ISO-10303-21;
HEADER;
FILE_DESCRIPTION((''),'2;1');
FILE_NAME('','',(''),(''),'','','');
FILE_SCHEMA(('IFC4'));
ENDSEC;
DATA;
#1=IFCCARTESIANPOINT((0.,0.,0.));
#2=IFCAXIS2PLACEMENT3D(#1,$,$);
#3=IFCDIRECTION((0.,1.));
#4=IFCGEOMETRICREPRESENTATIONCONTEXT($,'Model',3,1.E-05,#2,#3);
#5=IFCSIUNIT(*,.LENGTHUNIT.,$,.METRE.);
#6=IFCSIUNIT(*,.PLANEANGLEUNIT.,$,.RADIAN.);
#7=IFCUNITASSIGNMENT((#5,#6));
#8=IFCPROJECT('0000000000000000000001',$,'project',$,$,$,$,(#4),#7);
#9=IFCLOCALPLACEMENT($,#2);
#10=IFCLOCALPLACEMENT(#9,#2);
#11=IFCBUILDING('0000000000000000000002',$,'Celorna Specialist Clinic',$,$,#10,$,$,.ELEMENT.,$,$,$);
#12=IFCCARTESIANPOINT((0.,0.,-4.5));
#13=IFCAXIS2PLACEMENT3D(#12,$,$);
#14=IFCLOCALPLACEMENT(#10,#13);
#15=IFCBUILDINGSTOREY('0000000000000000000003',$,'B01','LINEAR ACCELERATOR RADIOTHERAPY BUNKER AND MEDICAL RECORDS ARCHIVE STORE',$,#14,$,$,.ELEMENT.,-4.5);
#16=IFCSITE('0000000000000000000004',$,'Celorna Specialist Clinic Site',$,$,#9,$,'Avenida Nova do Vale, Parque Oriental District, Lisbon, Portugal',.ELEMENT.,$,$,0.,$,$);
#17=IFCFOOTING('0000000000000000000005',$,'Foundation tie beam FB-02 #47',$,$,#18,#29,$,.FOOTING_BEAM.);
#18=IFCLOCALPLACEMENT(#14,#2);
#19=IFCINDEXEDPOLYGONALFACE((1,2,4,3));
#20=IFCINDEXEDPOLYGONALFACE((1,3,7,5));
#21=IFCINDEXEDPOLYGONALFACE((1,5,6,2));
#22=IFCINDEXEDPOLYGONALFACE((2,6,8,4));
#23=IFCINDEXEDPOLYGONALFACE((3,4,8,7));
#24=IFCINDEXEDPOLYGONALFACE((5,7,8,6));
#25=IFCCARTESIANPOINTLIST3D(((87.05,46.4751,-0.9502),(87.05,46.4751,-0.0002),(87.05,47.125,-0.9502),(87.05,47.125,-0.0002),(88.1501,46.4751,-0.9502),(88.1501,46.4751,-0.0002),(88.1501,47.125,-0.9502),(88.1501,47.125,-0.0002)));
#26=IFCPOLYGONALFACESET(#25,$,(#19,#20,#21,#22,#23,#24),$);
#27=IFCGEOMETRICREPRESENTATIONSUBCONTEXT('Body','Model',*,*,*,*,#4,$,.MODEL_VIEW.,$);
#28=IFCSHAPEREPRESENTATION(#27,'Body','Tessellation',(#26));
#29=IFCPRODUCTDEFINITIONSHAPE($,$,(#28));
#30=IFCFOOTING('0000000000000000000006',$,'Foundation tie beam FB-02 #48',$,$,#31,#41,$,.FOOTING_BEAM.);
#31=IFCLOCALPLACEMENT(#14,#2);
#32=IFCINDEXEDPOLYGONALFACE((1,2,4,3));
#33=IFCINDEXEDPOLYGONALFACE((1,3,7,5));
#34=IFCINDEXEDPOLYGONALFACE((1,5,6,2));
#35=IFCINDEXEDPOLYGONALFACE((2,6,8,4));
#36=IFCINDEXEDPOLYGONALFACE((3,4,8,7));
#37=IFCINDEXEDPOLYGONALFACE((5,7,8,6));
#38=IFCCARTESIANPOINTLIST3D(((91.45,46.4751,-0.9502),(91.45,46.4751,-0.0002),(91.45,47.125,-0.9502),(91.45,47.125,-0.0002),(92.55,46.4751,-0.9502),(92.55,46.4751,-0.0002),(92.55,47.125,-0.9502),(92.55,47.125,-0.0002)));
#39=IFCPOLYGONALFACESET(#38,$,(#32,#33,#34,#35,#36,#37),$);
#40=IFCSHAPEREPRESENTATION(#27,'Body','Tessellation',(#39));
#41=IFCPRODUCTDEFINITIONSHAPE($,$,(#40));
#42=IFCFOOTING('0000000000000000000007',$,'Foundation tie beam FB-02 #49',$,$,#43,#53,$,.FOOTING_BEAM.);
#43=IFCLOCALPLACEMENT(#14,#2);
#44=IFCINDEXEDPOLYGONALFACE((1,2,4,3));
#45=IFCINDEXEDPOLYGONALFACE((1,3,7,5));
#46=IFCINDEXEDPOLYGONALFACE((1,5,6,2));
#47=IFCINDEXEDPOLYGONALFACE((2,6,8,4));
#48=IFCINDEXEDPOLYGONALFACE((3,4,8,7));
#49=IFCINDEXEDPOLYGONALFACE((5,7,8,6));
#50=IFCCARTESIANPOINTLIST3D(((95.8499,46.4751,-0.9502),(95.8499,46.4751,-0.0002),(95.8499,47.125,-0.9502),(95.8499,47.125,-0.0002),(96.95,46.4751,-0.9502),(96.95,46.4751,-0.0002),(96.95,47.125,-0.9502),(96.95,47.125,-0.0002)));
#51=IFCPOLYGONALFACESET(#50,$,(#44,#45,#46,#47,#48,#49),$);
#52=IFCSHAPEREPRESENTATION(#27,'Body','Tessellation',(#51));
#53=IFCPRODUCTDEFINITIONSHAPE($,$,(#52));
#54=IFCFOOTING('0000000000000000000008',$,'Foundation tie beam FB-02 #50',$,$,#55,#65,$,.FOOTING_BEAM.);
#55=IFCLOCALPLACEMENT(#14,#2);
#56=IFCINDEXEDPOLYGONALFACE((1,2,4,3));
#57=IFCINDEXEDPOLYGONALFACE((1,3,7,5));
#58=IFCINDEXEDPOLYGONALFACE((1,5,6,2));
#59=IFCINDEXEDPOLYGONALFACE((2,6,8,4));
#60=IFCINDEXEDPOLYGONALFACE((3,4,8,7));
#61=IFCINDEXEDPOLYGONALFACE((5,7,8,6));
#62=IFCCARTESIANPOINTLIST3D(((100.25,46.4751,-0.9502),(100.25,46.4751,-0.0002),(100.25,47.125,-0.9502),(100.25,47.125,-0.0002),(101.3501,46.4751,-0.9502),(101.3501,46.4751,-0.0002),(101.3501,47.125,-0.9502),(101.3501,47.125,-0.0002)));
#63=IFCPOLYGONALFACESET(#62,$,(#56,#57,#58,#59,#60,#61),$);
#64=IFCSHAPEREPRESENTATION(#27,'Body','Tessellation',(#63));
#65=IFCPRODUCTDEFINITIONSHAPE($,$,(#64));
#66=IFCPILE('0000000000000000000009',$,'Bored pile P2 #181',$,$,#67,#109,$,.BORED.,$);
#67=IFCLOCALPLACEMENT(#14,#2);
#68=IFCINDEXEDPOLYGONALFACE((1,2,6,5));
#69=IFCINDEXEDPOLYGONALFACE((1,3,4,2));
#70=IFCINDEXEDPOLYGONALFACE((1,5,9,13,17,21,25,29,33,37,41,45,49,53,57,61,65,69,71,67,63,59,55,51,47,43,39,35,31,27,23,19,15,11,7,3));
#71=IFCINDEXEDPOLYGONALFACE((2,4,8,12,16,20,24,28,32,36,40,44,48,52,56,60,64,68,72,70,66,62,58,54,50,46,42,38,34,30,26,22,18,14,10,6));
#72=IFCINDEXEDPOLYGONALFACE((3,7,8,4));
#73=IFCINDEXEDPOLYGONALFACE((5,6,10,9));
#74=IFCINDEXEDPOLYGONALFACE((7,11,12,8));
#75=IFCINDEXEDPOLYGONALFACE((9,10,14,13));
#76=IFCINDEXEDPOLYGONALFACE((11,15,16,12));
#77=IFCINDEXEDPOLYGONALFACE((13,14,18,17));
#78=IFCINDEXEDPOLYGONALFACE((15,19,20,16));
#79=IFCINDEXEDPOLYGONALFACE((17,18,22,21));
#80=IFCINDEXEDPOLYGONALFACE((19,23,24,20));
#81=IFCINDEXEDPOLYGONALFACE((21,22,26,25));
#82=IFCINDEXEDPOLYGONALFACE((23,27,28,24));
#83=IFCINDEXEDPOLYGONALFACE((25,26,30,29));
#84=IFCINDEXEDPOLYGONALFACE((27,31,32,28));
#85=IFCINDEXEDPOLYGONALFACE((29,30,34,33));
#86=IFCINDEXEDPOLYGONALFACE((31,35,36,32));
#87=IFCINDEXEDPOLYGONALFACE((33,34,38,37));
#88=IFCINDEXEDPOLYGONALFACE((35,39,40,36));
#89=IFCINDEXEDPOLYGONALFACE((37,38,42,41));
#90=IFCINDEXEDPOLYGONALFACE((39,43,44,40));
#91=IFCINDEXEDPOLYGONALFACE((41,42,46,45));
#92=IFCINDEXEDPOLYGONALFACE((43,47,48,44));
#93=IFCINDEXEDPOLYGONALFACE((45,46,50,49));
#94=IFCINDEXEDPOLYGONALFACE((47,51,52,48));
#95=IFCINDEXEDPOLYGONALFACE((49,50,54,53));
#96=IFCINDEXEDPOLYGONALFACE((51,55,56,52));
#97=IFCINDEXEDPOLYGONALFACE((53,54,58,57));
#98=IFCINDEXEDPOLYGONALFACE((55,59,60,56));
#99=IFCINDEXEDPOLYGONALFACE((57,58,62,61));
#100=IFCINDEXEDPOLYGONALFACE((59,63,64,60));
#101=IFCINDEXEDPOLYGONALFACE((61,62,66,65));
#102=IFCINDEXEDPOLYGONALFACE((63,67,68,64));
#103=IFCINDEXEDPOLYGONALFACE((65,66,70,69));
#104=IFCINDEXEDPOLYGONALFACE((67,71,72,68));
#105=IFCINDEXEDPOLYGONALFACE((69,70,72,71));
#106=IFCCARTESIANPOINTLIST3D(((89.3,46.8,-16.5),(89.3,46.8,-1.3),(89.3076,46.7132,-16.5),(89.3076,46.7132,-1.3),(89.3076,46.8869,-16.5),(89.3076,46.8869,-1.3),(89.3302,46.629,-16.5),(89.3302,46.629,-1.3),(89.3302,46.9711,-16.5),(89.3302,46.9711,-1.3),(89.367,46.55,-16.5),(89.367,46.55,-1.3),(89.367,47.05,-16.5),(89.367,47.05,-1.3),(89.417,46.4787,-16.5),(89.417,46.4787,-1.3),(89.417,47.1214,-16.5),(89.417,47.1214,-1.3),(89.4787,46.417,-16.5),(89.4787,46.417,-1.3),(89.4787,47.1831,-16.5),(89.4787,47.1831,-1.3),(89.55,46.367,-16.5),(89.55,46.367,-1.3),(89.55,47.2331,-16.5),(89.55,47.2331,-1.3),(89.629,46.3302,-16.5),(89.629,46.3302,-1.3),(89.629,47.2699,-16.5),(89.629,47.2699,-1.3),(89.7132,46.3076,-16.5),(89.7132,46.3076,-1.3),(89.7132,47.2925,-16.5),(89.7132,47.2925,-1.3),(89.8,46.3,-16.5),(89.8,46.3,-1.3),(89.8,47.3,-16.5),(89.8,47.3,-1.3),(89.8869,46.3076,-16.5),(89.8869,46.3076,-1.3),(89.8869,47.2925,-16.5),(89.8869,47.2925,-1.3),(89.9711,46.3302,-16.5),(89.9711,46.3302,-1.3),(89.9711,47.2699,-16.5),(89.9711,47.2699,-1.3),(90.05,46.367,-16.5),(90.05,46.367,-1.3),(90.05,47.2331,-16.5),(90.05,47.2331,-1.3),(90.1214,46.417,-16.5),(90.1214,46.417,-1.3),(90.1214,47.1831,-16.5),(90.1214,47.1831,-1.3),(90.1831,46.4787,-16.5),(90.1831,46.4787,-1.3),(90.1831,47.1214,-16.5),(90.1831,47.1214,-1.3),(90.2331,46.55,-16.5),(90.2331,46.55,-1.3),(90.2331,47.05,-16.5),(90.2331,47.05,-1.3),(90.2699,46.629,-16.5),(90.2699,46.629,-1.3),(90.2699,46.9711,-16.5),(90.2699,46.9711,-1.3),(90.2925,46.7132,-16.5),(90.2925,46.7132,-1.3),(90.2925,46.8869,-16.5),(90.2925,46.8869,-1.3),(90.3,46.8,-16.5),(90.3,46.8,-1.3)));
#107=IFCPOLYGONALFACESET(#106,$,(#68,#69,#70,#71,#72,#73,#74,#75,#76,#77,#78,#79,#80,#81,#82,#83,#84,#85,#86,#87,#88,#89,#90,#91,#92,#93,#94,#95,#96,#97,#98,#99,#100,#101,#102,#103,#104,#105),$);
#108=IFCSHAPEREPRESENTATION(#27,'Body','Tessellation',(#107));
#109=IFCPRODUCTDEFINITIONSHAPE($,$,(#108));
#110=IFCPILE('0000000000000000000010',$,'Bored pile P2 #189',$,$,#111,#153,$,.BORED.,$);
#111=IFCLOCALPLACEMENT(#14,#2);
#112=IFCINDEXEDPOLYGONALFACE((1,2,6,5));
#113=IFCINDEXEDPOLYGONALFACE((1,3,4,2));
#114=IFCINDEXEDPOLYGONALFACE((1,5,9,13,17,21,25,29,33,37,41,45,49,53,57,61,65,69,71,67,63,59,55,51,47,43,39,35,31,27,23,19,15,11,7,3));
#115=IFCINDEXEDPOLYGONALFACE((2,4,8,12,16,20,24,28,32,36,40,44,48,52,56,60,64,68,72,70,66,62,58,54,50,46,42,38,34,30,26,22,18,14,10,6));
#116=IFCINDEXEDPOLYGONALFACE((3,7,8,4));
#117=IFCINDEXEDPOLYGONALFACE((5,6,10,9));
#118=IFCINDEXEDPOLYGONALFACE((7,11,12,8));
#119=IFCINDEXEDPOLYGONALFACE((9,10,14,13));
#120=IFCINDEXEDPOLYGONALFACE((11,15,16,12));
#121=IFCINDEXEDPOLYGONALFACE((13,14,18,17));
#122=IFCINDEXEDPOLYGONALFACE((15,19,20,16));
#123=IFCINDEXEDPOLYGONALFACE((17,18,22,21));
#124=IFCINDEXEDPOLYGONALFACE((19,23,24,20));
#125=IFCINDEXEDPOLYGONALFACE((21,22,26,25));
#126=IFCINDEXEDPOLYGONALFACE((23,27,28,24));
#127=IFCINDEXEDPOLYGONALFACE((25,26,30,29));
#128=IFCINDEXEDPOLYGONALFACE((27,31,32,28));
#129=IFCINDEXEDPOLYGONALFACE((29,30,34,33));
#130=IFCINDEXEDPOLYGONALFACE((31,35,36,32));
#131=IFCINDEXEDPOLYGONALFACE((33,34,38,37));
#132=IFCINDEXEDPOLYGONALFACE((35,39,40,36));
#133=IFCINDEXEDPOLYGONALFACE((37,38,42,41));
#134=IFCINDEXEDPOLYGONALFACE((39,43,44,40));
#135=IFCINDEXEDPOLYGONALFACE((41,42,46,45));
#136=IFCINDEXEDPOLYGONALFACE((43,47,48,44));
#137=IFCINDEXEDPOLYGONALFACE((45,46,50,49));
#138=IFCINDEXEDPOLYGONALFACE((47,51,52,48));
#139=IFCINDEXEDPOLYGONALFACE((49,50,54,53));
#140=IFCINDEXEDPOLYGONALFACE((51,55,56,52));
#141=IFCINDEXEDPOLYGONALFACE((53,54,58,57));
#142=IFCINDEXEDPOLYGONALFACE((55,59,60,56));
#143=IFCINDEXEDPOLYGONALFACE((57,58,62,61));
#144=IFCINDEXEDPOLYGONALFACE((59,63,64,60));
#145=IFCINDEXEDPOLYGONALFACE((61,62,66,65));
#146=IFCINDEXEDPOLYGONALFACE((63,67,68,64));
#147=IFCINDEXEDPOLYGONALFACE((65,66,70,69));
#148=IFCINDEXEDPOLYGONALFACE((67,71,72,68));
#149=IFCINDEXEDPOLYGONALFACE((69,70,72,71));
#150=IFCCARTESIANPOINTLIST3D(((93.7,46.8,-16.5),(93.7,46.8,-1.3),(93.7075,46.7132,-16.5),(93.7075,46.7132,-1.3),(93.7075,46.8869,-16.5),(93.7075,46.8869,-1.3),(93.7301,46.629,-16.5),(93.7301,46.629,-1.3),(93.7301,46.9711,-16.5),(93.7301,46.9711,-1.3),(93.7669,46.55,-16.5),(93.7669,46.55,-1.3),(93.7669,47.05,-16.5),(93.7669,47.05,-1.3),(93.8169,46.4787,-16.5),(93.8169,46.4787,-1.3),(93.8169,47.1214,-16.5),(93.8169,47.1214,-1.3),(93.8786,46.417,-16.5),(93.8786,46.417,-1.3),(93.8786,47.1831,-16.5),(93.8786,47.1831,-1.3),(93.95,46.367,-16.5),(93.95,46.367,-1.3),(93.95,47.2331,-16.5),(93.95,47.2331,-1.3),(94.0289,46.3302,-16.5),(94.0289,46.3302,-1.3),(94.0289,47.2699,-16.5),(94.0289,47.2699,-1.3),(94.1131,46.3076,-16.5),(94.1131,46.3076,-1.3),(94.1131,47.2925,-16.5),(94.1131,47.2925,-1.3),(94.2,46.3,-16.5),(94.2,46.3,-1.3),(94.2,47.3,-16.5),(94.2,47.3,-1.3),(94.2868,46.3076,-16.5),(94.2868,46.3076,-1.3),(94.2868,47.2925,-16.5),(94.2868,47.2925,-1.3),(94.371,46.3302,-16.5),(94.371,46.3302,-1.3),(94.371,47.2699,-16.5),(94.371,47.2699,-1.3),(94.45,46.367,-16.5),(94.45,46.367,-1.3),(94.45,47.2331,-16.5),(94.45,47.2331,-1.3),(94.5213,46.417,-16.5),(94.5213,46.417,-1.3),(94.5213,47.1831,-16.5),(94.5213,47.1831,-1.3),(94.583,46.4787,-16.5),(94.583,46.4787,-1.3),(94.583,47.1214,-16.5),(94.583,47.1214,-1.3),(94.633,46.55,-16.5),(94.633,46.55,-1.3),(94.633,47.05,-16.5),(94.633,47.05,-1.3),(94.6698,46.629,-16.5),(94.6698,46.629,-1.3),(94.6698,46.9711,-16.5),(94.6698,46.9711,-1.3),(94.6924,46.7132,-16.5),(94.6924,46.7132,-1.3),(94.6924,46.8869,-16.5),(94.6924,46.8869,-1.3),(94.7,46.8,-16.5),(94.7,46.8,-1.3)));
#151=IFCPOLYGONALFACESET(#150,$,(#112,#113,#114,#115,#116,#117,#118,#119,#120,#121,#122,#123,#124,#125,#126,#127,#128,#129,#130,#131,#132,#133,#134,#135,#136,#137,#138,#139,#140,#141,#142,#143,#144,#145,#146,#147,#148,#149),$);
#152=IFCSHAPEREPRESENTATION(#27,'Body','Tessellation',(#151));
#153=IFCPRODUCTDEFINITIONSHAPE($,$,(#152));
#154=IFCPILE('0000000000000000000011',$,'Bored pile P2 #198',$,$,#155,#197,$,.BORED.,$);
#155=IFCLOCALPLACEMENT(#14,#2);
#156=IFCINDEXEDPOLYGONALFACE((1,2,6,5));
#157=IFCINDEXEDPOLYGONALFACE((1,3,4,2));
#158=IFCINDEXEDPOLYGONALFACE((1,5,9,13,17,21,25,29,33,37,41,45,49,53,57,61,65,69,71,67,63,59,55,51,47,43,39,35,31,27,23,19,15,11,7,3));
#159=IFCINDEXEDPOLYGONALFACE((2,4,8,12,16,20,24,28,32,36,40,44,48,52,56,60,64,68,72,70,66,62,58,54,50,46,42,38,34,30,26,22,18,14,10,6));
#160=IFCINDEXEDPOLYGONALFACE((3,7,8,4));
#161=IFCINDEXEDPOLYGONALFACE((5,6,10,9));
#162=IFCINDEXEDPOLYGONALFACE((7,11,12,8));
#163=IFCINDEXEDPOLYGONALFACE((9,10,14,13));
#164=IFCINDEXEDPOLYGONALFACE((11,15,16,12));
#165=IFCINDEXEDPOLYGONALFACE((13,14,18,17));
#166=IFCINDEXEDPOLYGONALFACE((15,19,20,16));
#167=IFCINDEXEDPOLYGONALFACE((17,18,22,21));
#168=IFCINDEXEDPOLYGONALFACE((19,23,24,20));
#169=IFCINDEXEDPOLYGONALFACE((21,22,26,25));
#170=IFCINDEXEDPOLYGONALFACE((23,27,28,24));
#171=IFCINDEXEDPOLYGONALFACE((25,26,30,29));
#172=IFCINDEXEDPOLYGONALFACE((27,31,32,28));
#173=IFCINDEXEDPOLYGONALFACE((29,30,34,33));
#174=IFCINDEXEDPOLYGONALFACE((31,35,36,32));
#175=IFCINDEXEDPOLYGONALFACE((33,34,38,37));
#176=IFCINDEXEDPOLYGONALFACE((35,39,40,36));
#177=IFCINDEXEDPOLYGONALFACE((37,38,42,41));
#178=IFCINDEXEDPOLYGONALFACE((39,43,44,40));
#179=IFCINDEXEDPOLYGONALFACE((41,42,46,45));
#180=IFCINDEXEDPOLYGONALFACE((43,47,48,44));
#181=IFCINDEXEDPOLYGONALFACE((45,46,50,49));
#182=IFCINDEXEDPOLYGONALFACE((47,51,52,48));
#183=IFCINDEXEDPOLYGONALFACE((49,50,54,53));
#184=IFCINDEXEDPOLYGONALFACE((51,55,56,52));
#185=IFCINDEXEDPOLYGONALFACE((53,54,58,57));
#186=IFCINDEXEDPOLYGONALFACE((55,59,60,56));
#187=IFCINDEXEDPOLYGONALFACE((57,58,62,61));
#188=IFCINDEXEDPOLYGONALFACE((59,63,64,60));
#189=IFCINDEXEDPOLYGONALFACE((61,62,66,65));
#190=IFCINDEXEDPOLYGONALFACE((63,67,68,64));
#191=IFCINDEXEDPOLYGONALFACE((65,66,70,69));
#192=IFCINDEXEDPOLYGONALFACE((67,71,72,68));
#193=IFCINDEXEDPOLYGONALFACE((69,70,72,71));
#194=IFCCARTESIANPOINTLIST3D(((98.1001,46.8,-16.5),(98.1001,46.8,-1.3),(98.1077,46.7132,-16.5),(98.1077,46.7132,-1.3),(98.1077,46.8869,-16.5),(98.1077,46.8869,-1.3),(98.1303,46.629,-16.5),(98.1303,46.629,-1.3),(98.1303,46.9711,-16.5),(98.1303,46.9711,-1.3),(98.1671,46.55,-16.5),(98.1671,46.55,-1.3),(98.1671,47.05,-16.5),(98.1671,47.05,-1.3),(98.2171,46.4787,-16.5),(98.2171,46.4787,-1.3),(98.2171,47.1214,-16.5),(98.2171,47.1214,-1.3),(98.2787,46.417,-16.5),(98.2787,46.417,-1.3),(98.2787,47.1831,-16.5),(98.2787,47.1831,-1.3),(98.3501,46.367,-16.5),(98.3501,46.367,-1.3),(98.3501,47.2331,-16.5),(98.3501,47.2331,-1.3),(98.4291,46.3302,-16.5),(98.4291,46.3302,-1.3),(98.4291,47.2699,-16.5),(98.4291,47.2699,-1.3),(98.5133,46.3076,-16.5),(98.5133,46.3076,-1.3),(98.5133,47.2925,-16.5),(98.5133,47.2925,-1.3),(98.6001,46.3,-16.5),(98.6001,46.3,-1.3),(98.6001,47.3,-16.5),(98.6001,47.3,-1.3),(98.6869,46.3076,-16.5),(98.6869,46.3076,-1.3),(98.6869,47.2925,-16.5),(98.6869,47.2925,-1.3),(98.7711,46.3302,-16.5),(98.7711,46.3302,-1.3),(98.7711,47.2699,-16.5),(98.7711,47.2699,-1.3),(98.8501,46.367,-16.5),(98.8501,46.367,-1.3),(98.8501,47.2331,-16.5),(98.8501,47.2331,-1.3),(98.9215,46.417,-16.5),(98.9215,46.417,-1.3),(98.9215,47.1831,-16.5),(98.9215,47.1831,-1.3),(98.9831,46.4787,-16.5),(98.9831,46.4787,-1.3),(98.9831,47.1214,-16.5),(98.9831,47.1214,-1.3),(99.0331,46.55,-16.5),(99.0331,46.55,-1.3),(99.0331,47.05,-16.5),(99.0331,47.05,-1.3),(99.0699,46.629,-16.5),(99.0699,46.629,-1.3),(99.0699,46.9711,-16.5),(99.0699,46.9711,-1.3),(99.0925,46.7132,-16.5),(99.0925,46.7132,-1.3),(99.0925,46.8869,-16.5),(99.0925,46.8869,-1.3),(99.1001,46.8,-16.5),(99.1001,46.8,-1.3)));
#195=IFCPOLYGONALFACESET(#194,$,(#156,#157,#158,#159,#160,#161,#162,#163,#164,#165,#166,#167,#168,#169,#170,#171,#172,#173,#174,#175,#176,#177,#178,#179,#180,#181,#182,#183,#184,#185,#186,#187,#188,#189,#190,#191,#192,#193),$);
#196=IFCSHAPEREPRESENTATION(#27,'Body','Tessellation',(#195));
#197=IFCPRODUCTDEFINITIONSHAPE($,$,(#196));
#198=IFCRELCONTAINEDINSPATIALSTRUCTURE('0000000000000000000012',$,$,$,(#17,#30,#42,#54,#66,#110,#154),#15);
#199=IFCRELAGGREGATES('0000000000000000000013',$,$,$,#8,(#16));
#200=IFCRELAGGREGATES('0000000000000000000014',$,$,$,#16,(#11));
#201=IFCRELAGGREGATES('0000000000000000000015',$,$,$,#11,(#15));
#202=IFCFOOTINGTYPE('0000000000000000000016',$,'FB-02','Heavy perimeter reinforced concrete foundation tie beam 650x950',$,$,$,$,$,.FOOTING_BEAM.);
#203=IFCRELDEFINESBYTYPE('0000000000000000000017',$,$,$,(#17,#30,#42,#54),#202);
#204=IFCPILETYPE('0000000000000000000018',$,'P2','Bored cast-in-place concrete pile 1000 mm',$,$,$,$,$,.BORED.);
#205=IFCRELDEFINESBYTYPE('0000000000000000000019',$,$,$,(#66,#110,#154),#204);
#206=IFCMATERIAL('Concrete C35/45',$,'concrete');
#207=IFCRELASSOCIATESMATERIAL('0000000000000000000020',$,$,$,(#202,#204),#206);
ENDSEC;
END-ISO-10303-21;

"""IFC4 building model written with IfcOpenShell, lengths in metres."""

from ifc_helpers import new_model, si_unit, direction, frame, origin, origin_2d, place, context, subcontext, project, spatial, rectangle, circle, extrude, material, material_profile, profile_set, type_object, element, save


model = new_model("IFC4")

# Units and contexts
model_context = context("Model", 3, precision=1e-05, world=origin(), true_north=direction((0.0, 1.0)))
body_context = subcontext(model_context, "Body", "Model", "MODEL_VIEW")
ifc_project = project(units=[si_unit("LENGTHUNIT", "METRE"), si_unit("PLANEANGLEUNIT", "RADIAN")], contexts=[model_context])

# Site, building, storey
site_placement = place(None, origin())
site = spatial("IfcSite", under=ifc_project, at=site_placement, Name="Celorna Specialist Clinic Site", LongName="Avenida Nova do Vale, Parque Oriental District, Lisbon, Portugal", CompositionType="ELEMENT", RefElevation=0.0)
building_placement = place(site_placement, origin())
building = spatial("IfcBuilding", under=site, at=building_placement, Name="Celorna Specialist Clinic", CompositionType="ELEMENT")
storey_placement = place(building_placement, frame((0.0, 0.0, -4.5)))
storey = spatial("IfcBuildingStorey", under=building, at=storey_placement, Name="B01", Description="LINEAR ACCELERATOR RADIOTHERAPY BUNKER AND MEDICAL RECORDS ARCHIVE STORE", CompositionType="ELEMENT", Elevation=-4.5)

# Footings
ifc_material_1 = material(Name="Concrete C35/45", Category="concrete")
footing_type_1 = type_object("IfcFootingType", Name="FB-02", Description="Heavy perimeter reinforced concrete foundation tie beam 650x950", PredefinedType="FOOTING_BEAM", material=ifc_material_1)
for number, where, z_axis, x_axis, name in (
    (1, (87.6001, 46.8, -0.9502), (0.0, 0.0, 1.0), (1.0, 0.0, 0.0), "Foundation tie beam FB-02 #47"),
    (2, (92.0, 46.8, -0.9502), (0.0, 0.0, 1.0), (1.0, 0.0, 0.0), "Foundation tie beam FB-02 #48"),
    (3, (96.3999, 46.8, -0.9502), (0.0, 0.0, 1.0), (1.0, 0.0, 0.0), "Foundation tie beam FB-02 #49"),
    (4, (100.8, 46.8, -0.9502), (0.0, 0.0, 1.0), (1.0, 0.0, 0.0), "Foundation tie beam FB-02 #50"),
):
    element("IfcFooting", number, at=place(storey_placement, frame(where, z_axis=z_axis, x_axis=x_axis)), inside=storey, type_object=footing_type_1, Name=name, PredefinedType="FOOTING_BEAM", context=body_context, shape_type="SweptSolid", body=[
        extrude(rectangle(XDim=1.1001, YDim=0.6499, at=origin_2d()), origin(), (0.0, 0.0, 1.0), 0.95),
    ])

# Piles
ifc_material_profile_1 = material_profile(ifc_material_1, circle(Radius=0.5, at=origin_2d()), Name="BORED PILE 1000")
ifc_profile_set_1 = profile_set([ifc_material_profile_1], Name="Concrete C35/45")
pile_type_1 = type_object("IfcPileType", Name="P2", Description="Bored cast-in-place concrete pile 1000 mm", PredefinedType="BORED", material=ifc_profile_set_1)
for number, where, z_axis, x_axis, name in (
    (5, (89.8, 46.8, -1.3), (0.0, 0.0, -1.0), (1.0, 0.0, 0.0), "Bored pile P2 #181"),
    (6, (94.2, 46.8, -1.3), (0.0, 0.0, -1.0), (1.0, 0.0, 0.0), "Bored pile P2 #189"),
    (7, (98.6001, 46.8, -1.3), (0.0, 0.0, -1.0), (1.0, 0.0, 0.0), "Bored pile P2 #198"),
):
    element("IfcPile", number, at=place(storey_placement, frame(where, z_axis=z_axis, x_axis=x_axis)), inside=storey, type_object=pile_type_1, Name=name, PredefinedType="BORED", context=body_context, shape_type="SweptSolid", body=[
        extrude(circle(Radius=0.5, at=origin_2d()), origin(), (0.0, 0.0, 1.0), 15.2),
    ])

save(model, "model.ifc")
